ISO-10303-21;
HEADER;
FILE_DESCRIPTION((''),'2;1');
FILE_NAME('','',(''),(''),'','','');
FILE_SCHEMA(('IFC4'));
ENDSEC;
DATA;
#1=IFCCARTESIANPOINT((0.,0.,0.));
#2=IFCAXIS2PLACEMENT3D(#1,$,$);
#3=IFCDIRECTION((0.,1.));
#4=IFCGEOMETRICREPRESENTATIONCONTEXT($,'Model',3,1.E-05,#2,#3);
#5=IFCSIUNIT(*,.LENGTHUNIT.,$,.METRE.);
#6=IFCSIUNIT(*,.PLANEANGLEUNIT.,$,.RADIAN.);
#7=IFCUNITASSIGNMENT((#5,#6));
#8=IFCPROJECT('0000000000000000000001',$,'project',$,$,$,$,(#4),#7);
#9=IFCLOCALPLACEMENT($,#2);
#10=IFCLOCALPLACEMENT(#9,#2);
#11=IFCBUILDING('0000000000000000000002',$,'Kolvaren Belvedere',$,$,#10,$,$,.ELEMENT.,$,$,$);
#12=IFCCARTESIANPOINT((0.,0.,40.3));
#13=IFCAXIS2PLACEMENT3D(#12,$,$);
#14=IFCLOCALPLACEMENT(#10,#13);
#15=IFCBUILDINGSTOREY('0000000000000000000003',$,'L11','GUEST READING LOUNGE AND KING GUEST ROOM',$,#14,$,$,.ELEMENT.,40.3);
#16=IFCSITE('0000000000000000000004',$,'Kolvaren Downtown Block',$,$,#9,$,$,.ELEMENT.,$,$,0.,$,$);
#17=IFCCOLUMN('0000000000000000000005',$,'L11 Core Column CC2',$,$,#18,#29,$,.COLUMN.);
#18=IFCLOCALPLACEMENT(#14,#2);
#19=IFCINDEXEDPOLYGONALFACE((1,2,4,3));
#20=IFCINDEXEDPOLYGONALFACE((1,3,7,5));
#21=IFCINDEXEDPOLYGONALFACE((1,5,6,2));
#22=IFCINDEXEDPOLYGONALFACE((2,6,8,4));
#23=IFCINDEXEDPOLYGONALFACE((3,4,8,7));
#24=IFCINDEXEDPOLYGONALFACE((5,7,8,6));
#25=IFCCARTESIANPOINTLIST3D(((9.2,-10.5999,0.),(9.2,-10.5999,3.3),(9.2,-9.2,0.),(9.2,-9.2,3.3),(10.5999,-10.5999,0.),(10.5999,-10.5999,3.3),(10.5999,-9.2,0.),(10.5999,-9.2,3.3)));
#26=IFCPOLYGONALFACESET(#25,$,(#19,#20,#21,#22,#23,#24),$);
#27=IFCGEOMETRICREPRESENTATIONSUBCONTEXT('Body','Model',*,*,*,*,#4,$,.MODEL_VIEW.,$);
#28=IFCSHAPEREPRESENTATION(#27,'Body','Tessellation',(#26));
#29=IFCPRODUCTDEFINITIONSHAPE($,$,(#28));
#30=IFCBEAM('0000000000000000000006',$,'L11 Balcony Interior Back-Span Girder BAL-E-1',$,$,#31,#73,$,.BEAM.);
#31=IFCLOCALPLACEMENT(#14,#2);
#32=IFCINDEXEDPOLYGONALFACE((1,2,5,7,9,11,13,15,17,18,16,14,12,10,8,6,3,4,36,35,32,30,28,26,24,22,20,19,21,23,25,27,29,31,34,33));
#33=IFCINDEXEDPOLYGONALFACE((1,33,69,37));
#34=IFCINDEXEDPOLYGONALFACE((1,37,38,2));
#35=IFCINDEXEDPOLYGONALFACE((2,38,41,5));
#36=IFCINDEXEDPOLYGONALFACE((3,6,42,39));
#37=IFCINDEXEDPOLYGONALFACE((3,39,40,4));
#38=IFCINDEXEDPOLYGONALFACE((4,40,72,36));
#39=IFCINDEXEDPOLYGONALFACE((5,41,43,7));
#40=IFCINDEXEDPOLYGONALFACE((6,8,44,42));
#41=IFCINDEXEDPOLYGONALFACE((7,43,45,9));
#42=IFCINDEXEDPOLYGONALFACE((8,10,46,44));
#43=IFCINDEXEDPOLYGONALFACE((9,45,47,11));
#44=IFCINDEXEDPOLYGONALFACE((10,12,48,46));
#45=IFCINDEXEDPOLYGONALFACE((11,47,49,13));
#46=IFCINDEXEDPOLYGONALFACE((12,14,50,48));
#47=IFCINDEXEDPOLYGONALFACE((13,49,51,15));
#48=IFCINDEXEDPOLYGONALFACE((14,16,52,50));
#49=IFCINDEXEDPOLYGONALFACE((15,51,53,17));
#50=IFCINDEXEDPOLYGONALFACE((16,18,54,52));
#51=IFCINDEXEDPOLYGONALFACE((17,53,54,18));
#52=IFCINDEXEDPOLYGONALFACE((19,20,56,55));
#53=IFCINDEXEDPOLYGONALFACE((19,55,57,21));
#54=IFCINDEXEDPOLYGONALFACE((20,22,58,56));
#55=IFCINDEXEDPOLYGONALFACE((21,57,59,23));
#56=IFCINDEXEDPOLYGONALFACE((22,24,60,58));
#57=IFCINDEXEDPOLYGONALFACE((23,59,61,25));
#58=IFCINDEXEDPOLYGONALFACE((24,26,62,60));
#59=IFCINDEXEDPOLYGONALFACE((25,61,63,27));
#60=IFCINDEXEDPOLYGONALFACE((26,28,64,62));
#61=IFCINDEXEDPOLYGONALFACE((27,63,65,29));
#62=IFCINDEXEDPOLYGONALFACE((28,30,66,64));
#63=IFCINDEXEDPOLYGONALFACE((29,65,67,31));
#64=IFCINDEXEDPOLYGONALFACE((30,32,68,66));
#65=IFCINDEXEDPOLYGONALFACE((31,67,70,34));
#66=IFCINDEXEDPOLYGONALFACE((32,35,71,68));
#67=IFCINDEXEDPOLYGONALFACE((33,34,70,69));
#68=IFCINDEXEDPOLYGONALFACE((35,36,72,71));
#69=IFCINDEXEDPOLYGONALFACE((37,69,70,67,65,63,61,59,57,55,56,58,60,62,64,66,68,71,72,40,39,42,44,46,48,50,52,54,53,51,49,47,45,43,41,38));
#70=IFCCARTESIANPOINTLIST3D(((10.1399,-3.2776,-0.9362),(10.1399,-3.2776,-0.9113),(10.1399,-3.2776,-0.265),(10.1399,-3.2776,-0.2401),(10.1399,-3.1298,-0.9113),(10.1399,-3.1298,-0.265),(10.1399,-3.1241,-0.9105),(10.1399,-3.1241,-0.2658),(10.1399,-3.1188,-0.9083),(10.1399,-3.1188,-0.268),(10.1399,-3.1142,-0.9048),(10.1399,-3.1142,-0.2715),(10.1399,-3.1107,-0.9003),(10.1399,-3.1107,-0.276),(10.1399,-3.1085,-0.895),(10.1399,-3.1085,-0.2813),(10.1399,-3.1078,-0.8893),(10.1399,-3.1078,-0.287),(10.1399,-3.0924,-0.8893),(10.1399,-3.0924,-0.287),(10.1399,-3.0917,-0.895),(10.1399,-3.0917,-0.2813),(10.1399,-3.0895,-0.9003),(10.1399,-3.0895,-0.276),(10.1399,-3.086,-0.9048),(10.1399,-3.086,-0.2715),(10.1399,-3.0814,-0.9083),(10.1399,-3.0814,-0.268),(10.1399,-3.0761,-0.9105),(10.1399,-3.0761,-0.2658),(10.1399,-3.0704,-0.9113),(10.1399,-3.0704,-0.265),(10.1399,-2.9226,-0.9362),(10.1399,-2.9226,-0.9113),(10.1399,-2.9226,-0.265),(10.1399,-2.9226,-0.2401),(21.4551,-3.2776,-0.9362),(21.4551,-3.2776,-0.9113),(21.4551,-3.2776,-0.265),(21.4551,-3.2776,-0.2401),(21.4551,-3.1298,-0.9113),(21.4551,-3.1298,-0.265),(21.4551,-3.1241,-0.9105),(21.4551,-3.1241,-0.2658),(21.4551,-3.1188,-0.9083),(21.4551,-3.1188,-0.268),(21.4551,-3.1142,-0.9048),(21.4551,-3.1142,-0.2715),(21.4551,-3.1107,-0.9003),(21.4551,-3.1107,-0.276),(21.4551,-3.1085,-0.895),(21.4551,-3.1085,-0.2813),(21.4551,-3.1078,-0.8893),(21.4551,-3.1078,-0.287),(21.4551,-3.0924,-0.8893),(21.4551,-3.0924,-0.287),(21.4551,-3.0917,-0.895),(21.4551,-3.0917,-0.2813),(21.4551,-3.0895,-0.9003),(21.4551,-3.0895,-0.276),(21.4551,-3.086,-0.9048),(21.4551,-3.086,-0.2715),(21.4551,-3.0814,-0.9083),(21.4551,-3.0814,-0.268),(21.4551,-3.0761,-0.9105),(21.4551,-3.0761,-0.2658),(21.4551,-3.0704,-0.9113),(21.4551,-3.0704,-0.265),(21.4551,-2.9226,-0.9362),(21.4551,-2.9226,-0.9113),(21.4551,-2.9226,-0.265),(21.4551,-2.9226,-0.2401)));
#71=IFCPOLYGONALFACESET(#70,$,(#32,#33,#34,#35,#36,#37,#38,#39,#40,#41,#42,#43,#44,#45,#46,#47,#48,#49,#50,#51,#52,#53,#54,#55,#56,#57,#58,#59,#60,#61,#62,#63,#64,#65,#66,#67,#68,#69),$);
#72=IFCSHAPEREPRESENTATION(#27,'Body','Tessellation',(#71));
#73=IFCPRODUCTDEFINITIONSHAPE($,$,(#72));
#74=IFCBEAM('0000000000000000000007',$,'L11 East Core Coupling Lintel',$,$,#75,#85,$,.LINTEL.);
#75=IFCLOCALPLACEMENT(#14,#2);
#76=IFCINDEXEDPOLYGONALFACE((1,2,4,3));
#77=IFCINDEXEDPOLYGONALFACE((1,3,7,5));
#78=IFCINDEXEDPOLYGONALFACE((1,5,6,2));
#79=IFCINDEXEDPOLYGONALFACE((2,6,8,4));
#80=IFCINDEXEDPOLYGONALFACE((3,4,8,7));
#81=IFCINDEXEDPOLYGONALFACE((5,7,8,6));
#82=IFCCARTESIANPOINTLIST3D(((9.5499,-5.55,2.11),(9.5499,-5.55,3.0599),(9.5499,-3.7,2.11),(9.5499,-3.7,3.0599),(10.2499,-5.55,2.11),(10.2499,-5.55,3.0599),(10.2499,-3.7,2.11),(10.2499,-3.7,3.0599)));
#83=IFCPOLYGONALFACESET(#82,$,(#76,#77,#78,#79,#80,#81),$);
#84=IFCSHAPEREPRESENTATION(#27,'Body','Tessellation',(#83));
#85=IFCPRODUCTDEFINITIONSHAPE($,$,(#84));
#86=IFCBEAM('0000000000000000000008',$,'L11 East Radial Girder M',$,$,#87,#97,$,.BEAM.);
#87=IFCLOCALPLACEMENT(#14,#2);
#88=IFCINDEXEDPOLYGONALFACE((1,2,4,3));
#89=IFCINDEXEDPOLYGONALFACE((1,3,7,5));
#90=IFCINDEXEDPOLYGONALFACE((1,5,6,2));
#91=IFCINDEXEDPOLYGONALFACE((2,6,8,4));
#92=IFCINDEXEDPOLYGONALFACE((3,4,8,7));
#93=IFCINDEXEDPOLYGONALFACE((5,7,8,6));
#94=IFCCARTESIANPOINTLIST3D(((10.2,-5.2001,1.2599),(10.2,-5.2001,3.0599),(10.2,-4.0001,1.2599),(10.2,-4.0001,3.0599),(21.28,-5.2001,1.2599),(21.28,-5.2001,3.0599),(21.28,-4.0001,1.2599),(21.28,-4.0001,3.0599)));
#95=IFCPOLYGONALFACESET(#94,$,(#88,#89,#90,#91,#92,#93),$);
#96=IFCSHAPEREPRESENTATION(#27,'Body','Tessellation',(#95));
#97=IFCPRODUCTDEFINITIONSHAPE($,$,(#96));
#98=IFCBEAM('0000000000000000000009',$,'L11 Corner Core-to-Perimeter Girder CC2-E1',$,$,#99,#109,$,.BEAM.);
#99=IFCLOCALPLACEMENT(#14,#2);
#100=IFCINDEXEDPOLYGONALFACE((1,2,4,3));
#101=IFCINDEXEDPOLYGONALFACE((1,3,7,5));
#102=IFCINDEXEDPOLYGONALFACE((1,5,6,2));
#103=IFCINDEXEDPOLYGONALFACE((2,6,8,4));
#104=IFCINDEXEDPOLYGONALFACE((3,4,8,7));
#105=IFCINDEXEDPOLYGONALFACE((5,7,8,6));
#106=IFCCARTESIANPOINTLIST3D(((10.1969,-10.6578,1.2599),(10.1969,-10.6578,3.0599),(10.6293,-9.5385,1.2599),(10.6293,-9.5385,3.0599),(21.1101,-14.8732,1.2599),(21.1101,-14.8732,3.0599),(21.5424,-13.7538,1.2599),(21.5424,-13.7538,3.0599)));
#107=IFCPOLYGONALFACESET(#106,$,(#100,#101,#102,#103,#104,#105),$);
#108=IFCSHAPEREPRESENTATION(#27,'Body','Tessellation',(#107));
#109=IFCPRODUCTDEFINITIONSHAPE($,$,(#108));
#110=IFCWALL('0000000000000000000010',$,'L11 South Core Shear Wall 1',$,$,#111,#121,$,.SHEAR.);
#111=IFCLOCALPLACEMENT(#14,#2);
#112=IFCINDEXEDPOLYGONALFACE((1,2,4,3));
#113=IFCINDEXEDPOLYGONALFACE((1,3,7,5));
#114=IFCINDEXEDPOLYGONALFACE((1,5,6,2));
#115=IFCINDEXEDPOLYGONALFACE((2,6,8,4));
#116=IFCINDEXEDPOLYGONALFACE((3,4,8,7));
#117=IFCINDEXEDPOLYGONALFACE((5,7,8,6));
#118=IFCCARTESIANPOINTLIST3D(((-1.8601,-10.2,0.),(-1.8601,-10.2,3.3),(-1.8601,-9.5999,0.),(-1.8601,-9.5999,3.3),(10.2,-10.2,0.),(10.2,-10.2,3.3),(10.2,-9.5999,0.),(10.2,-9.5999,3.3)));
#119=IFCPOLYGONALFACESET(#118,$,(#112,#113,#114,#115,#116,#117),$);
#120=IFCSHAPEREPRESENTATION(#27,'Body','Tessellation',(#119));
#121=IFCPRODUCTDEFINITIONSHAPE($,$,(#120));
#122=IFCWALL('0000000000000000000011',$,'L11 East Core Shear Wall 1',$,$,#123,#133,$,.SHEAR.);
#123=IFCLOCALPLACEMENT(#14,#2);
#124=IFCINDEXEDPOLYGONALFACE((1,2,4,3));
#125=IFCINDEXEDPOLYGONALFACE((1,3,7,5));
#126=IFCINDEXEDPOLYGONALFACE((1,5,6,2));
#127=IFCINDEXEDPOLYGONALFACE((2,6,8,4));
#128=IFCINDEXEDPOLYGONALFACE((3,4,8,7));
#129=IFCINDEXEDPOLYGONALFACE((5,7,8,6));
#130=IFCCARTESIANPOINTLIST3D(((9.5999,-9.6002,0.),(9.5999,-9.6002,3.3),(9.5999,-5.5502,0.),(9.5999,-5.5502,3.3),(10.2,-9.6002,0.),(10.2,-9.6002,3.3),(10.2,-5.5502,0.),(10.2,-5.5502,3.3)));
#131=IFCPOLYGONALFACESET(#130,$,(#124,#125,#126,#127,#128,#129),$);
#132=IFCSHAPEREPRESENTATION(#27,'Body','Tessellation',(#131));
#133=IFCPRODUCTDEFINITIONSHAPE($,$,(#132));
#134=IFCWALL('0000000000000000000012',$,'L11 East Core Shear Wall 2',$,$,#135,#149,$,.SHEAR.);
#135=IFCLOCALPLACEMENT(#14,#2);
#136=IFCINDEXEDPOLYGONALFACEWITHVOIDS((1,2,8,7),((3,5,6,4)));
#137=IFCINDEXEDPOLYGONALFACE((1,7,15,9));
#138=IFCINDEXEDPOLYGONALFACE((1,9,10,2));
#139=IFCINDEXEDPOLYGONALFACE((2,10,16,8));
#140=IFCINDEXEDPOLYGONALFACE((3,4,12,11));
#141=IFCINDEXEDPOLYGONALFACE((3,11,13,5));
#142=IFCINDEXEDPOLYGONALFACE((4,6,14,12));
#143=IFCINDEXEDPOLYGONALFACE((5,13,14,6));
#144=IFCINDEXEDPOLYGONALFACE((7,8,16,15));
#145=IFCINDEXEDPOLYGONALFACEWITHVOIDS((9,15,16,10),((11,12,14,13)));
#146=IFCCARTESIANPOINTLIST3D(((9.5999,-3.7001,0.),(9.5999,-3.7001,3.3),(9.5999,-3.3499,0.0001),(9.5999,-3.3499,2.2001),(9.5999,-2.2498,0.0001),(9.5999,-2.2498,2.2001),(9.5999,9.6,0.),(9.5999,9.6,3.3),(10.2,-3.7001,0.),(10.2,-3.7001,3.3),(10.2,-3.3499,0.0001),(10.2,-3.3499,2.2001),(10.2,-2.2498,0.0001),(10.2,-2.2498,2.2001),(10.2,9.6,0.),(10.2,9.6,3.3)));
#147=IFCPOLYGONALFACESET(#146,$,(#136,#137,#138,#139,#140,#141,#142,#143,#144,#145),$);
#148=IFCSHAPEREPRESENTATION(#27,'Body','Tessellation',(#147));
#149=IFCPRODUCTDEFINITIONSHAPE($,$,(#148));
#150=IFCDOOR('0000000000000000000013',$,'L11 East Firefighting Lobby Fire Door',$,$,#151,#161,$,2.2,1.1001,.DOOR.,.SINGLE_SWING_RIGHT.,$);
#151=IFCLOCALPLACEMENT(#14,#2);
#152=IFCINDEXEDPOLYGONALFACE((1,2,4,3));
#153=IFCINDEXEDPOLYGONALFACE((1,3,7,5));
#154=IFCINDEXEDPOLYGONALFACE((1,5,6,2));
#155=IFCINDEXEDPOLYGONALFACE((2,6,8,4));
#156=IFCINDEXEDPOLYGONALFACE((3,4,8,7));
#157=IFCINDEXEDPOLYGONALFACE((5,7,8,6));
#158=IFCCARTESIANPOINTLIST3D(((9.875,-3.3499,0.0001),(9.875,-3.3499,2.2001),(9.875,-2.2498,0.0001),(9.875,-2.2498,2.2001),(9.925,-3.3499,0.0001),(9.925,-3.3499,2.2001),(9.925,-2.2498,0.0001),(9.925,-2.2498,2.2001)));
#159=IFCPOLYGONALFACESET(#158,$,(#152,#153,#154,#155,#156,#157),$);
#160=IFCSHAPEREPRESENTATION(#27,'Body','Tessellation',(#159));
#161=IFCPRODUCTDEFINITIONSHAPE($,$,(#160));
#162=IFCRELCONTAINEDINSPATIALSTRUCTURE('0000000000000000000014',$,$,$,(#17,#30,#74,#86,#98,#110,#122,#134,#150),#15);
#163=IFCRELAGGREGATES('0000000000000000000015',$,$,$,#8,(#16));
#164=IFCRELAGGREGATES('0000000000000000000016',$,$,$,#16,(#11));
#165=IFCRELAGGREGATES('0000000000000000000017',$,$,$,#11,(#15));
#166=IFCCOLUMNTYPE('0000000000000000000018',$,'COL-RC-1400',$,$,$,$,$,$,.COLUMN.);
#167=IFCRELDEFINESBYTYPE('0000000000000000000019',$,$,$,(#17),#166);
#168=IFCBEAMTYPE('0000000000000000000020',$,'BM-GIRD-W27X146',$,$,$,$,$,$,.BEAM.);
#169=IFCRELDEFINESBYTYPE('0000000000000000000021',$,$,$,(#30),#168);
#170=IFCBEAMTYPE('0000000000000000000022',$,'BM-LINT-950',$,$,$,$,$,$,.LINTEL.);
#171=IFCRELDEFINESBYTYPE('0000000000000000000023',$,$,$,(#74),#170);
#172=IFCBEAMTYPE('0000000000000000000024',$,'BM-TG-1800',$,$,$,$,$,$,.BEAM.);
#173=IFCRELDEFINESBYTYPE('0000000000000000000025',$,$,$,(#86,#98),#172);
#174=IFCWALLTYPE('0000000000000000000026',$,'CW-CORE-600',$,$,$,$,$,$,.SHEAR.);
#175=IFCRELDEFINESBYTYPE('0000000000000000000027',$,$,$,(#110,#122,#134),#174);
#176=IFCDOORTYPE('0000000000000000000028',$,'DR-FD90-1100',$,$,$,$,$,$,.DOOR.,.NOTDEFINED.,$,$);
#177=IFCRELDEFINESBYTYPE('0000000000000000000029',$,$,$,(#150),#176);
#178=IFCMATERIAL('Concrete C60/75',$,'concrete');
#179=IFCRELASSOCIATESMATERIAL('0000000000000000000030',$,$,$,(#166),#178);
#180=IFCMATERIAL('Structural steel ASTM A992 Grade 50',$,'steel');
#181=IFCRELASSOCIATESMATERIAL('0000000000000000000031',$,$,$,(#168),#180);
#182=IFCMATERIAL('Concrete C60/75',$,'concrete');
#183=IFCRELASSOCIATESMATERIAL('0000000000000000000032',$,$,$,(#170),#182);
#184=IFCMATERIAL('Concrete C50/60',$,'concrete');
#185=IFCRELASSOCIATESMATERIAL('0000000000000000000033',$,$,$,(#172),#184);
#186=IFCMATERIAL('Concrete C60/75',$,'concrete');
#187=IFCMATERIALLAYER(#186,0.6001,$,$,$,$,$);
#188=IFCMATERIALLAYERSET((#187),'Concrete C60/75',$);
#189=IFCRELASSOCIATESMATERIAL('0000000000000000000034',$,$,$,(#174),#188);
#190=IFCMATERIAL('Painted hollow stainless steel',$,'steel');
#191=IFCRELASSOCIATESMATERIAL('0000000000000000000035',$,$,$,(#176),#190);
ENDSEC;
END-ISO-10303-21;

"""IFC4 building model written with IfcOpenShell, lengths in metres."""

from ifc_helpers import new_model, si_unit, direction, frame, frame_2d, origin, origin_2d, place, context, subcontext, project, spatial, rectangle, i_section, extrude, material, layer, layer_set, material_profile, profile_set, type_object, element, fill, save


model = new_model("IFC4")

# Units and contexts
model_context = context("Model", 3, precision=1e-05, world=origin(), true_north=direction((0.0, 1.0)))
body_context = subcontext(model_context, "Body", "Model", "MODEL_VIEW")
ifc_project = project(units=[si_unit("LENGTHUNIT", "METRE"), si_unit("PLANEANGLEUNIT", "RADIAN")], contexts=[model_context])

# Site, building, storey
site_placement = place(None, origin())
site = spatial("IfcSite", under=ifc_project, at=site_placement, Name="Kolvaren Downtown Block", CompositionType="ELEMENT", RefElevation=0.0)
building_placement = place(site_placement, origin())
building = spatial("IfcBuilding", under=site, at=building_placement, Name="Kolvaren Belvedere", CompositionType="ELEMENT")
storey_placement = place(building_placement, frame((0.0, 0.0, 40.3)))
storey = spatial("IfcBuildingStorey", under=building, at=storey_placement, Name="L11", Description="GUEST READING LOUNGE AND KING GUEST ROOM", CompositionType="ELEMENT", Elevation=40.3)

# Column
ifc_material_1 = material(Name="Concrete C60/75", Category="concrete")
ifc_material_profile_1 = material_profile(ifc_material_1, rectangle(XDim=1.3999, YDim=1.3999, at=origin_2d()), Name="RC 1400X1400")
ifc_profile_set_1 = profile_set([ifc_material_profile_1], Name="Concrete C60/75")
column_type = type_object("IfcColumnType", Name="COL-RC-1400", PredefinedType="COLUMN", material=ifc_profile_set_1)
column_placement = place(storey_placement, frame((9.8999, -9.8999, 0.0), z_axis=(0.0, 0.0, 1.0), x_axis=(1.0, 0.0, 0.0)))
element("IfcColumn", 1, at=column_placement, inside=storey, type_object=column_type, Name="L11 Core Column CC2", PredefinedType="COLUMN", context=body_context, shape_type="SweptSolid", body=[
    extrude(rectangle(XDim=1.3999, YDim=1.3999, at=origin_2d()), origin(), (0.0, 0.0, 1.0), 3.3),
])

# Beams
ifc_material_2 = material(Name="Structural steel ASTM A992 Grade 50", Category="steel")
ifc_material_profile_2 = material_profile(ifc_material_2, i_section(OverallWidth=0.355, OverallDepth=0.696, WebThickness=0.0154, FlangeThickness=0.0249, FilletRadius=0.022, at=origin_2d()), Name="W27X146")
ifc_profile_set_2 = profile_set([ifc_material_profile_2], Name="Structural steel ASTM A992 Grade 50")
beam_type_1 = type_object("IfcBeamType", Name="BM-GIRD-W27X146", PredefinedType="BEAM", material=ifc_profile_set_2)
beam_1_placement = place(storey_placement, frame((10.1399, -3.1001, -0.5881), z_axis=(1.0, 0.0, 0.0), x_axis=(0.0, 1.0, 0.0)))
element("IfcBeam", 2, at=beam_1_placement, inside=storey, type_object=beam_type_1, Name="L11 Balcony Interior Back-Span Girder BAL-E-1", PredefinedType="BEAM", context=body_context, shape_type="SweptSolid", body=[
    extrude(i_section(OverallWidth=0.355, OverallDepth=0.696, WebThickness=0.0154, FlangeThickness=0.0249, FilletRadius=0.022, at=origin_2d()), origin(), (0.0, 0.0, 1.0), 11.3152),
])
ifc_material_3 = material(Name="Concrete C60/75", Category="concrete")
ifc_material_profile_3 = material_profile(ifc_material_3, rectangle(XDim=0.7, YDim=0.95, at=origin_2d()), Name="RC 700X950")
ifc_profile_set_3 = profile_set([ifc_material_profile_3], Name="Concrete C60/75")
beam_type_2 = type_object("IfcBeamType", Name="BM-LINT-950", PredefinedType="LINTEL", material=ifc_profile_set_3)
beam_2_placement = place(storey_placement, frame((9.8999, -5.55, 2.585), z_axis=(0.0, 1.0, 0.0), x_axis=(-1.0, 0.0, 0.0)))
element("IfcBeam", 3, at=beam_2_placement, inside=storey, type_object=beam_type_2, Name="L11 East Core Coupling Lintel", PredefinedType="LINTEL", context=body_context, shape_type="SweptSolid", body=[
    extrude(rectangle(XDim=0.7, YDim=0.95, at=origin_2d()), origin(), (0.0, 0.0, 1.0), 1.8501),
])
ifc_material_4 = material(Name="Concrete C50/60", Category="concrete")
ifc_material_profile_4 = material_profile(ifc_material_4, rectangle(XDim=1.2, YDim=1.8, at=origin_2d()), Name="RC 1200X1800")
ifc_profile_set_4 = profile_set([ifc_material_profile_4], Name="Concrete C50/60")
beam_type_3 = type_object("IfcBeamType", Name="BM-TG-1800", PredefinedType="BEAM", material=ifc_profile_set_4)
beam_3_placement = place(storey_placement, frame((10.2, -4.6001, 2.1599), z_axis=(1.0, 0.0, 0.0), x_axis=(0.0, 1.0, 0.0)))
element("IfcBeam", 4, at=beam_3_placement, inside=storey, type_object=beam_type_3, Name="L11 East Radial Girder M", PredefinedType="BEAM", context=body_context, shape_type="SweptSolid", body=[
    extrude(rectangle(XDim=1.2, YDim=1.8, at=origin_2d()), origin(), (0.0, 0.0, 1.0), 11.0801),
])
beam_4_placement = place(storey_placement, frame((10.4131, -10.0981, 2.1599), z_axis=(0.932829, -0.360318, 0.0), x_axis=(0.360318, 0.932829, 0.0)))
element("IfcBeam", 5, at=beam_4_placement, inside=storey, type_object=beam_type_3, Name="L11 Corner Core-to-Perimeter Girder CC2-E1", PredefinedType="BEAM", context=body_context, shape_type="SweptSolid", body=[
    extrude(rectangle(XDim=1.2, YDim=1.8, at=origin_2d()), origin(), (0.0, 0.0, 1.0), 11.699),
])

# Walls
ifc_material_5 = material(Name="Concrete C60/75", Category="concrete")
ifc_layer_1 = layer(ifc_material_5, 0.6001)
ifc_layer_set_1 = layer_set([ifc_layer_1], Name="Concrete C60/75")
wall_type_1 = type_object("IfcWallType", Name="CW-CORE-600", PredefinedType="SHEAR", material=ifc_layer_set_1)
wall_1_placement = place(storey_placement, frame((10.2, -9.8999, 0.0), z_axis=(0.0, 0.0, 1.0), x_axis=(-1.0, 0.0, 0.0)))
element("IfcWall", 6, at=wall_1_placement, inside=storey, type_object=wall_type_1, Name="L11 South Core Shear Wall 1", PredefinedType="SHEAR", context=body_context, shape_type="SweptSolid", body=[
    extrude(rectangle(XDim=12.0601, YDim=0.6001, at=frame_2d((6.03, 0.0))), origin(), (0.0, 0.0, 1.0), 3.3),
])
wall_2_placement = place(storey_placement, frame((9.8999, -9.6001, 0.0), z_axis=(0.0, 0.0, 1.0), x_axis=(0.0, 1.0, 0.0)))
element("IfcWall", 7, at=wall_2_placement, inside=storey, type_object=wall_type_1, Name="L11 East Core Shear Wall 1", PredefinedType="SHEAR", context=body_context, shape_type="SweptSolid", body=[
    extrude(rectangle(XDim=4.05, YDim=0.6001, at=frame_2d((2.0249, 0.0))), origin(), (0.0, 0.0, 1.0), 3.3),
])

# Wall, opening, door
wall_3_placement = place(storey_placement, frame((9.8999, -3.7, 0.0), z_axis=(0.0, 0.0, 1.0), x_axis=(0.0, 1.0, 0.0)))
wall_3 = element("IfcWall", 8, at=wall_3_placement, inside=storey, type_object=wall_type_1, Name="L11 East Core Shear Wall 2", PredefinedType="SHEAR", context=body_context, shape_type="SweptSolid", body=[
    extrude(rectangle(XDim=13.3, YDim=0.6001, at=frame_2d((6.6499, 0.0))), origin(), (0.0, 0.0, 1.0), 3.3),
])
opening_1_placement = place(wall_3_placement, frame((0.3501, 0.0, 0.0)))
opening_1 = element("IfcOpeningElement", 9, at=opening_1_placement, cuts=wall_3, PredefinedType="OPENING", context=body_context, shape_type="SweptSolid", body=[
    extrude(rectangle(XDim=1.1001, YDim=2.2, at=frame_2d((0.55, 1.1001))), frame((0.0, 0.3101, 0.0), z_axis=(0.0, -1.0, 0.0), x_axis=(1.0, 0.0, 0.0)), (0.0, 0.0, 1.0), 0.6201),
])
ifc_material_6 = material(Name="Painted hollow stainless steel", Category="steel")
door_type_1 = type_object("IfcDoorType", Name="DR-FD90-1100", OperationType="NOTDEFINED", PredefinedType="DOOR", material=ifc_material_6)
door_1_placement = place(opening_1_placement, origin())
door_1 = element("IfcDoor", 10, at=door_1_placement, inside=storey, type_object=door_type_1, Name="L11 East Firefighting Lobby Fire Door", OperationType="SINGLE_SWING_RIGHT", OverallHeight=2.2, OverallWidth=1.1001, PredefinedType="DOOR", context=body_context, shape_type="SweptSolid", body=[
    extrude(rectangle(XDim=1.1001, YDim=2.2, at=frame_2d((0.55, 1.1001))), frame((0.0, 0.0249, 0.0), z_axis=(0.0, -1.0, 0.0), x_axis=(1.0, 0.0, 0.0)), (0.0, 0.0, 1.0), 0.05),
])
fill(opening_1, door_1)

save(model, "model.ifc")
